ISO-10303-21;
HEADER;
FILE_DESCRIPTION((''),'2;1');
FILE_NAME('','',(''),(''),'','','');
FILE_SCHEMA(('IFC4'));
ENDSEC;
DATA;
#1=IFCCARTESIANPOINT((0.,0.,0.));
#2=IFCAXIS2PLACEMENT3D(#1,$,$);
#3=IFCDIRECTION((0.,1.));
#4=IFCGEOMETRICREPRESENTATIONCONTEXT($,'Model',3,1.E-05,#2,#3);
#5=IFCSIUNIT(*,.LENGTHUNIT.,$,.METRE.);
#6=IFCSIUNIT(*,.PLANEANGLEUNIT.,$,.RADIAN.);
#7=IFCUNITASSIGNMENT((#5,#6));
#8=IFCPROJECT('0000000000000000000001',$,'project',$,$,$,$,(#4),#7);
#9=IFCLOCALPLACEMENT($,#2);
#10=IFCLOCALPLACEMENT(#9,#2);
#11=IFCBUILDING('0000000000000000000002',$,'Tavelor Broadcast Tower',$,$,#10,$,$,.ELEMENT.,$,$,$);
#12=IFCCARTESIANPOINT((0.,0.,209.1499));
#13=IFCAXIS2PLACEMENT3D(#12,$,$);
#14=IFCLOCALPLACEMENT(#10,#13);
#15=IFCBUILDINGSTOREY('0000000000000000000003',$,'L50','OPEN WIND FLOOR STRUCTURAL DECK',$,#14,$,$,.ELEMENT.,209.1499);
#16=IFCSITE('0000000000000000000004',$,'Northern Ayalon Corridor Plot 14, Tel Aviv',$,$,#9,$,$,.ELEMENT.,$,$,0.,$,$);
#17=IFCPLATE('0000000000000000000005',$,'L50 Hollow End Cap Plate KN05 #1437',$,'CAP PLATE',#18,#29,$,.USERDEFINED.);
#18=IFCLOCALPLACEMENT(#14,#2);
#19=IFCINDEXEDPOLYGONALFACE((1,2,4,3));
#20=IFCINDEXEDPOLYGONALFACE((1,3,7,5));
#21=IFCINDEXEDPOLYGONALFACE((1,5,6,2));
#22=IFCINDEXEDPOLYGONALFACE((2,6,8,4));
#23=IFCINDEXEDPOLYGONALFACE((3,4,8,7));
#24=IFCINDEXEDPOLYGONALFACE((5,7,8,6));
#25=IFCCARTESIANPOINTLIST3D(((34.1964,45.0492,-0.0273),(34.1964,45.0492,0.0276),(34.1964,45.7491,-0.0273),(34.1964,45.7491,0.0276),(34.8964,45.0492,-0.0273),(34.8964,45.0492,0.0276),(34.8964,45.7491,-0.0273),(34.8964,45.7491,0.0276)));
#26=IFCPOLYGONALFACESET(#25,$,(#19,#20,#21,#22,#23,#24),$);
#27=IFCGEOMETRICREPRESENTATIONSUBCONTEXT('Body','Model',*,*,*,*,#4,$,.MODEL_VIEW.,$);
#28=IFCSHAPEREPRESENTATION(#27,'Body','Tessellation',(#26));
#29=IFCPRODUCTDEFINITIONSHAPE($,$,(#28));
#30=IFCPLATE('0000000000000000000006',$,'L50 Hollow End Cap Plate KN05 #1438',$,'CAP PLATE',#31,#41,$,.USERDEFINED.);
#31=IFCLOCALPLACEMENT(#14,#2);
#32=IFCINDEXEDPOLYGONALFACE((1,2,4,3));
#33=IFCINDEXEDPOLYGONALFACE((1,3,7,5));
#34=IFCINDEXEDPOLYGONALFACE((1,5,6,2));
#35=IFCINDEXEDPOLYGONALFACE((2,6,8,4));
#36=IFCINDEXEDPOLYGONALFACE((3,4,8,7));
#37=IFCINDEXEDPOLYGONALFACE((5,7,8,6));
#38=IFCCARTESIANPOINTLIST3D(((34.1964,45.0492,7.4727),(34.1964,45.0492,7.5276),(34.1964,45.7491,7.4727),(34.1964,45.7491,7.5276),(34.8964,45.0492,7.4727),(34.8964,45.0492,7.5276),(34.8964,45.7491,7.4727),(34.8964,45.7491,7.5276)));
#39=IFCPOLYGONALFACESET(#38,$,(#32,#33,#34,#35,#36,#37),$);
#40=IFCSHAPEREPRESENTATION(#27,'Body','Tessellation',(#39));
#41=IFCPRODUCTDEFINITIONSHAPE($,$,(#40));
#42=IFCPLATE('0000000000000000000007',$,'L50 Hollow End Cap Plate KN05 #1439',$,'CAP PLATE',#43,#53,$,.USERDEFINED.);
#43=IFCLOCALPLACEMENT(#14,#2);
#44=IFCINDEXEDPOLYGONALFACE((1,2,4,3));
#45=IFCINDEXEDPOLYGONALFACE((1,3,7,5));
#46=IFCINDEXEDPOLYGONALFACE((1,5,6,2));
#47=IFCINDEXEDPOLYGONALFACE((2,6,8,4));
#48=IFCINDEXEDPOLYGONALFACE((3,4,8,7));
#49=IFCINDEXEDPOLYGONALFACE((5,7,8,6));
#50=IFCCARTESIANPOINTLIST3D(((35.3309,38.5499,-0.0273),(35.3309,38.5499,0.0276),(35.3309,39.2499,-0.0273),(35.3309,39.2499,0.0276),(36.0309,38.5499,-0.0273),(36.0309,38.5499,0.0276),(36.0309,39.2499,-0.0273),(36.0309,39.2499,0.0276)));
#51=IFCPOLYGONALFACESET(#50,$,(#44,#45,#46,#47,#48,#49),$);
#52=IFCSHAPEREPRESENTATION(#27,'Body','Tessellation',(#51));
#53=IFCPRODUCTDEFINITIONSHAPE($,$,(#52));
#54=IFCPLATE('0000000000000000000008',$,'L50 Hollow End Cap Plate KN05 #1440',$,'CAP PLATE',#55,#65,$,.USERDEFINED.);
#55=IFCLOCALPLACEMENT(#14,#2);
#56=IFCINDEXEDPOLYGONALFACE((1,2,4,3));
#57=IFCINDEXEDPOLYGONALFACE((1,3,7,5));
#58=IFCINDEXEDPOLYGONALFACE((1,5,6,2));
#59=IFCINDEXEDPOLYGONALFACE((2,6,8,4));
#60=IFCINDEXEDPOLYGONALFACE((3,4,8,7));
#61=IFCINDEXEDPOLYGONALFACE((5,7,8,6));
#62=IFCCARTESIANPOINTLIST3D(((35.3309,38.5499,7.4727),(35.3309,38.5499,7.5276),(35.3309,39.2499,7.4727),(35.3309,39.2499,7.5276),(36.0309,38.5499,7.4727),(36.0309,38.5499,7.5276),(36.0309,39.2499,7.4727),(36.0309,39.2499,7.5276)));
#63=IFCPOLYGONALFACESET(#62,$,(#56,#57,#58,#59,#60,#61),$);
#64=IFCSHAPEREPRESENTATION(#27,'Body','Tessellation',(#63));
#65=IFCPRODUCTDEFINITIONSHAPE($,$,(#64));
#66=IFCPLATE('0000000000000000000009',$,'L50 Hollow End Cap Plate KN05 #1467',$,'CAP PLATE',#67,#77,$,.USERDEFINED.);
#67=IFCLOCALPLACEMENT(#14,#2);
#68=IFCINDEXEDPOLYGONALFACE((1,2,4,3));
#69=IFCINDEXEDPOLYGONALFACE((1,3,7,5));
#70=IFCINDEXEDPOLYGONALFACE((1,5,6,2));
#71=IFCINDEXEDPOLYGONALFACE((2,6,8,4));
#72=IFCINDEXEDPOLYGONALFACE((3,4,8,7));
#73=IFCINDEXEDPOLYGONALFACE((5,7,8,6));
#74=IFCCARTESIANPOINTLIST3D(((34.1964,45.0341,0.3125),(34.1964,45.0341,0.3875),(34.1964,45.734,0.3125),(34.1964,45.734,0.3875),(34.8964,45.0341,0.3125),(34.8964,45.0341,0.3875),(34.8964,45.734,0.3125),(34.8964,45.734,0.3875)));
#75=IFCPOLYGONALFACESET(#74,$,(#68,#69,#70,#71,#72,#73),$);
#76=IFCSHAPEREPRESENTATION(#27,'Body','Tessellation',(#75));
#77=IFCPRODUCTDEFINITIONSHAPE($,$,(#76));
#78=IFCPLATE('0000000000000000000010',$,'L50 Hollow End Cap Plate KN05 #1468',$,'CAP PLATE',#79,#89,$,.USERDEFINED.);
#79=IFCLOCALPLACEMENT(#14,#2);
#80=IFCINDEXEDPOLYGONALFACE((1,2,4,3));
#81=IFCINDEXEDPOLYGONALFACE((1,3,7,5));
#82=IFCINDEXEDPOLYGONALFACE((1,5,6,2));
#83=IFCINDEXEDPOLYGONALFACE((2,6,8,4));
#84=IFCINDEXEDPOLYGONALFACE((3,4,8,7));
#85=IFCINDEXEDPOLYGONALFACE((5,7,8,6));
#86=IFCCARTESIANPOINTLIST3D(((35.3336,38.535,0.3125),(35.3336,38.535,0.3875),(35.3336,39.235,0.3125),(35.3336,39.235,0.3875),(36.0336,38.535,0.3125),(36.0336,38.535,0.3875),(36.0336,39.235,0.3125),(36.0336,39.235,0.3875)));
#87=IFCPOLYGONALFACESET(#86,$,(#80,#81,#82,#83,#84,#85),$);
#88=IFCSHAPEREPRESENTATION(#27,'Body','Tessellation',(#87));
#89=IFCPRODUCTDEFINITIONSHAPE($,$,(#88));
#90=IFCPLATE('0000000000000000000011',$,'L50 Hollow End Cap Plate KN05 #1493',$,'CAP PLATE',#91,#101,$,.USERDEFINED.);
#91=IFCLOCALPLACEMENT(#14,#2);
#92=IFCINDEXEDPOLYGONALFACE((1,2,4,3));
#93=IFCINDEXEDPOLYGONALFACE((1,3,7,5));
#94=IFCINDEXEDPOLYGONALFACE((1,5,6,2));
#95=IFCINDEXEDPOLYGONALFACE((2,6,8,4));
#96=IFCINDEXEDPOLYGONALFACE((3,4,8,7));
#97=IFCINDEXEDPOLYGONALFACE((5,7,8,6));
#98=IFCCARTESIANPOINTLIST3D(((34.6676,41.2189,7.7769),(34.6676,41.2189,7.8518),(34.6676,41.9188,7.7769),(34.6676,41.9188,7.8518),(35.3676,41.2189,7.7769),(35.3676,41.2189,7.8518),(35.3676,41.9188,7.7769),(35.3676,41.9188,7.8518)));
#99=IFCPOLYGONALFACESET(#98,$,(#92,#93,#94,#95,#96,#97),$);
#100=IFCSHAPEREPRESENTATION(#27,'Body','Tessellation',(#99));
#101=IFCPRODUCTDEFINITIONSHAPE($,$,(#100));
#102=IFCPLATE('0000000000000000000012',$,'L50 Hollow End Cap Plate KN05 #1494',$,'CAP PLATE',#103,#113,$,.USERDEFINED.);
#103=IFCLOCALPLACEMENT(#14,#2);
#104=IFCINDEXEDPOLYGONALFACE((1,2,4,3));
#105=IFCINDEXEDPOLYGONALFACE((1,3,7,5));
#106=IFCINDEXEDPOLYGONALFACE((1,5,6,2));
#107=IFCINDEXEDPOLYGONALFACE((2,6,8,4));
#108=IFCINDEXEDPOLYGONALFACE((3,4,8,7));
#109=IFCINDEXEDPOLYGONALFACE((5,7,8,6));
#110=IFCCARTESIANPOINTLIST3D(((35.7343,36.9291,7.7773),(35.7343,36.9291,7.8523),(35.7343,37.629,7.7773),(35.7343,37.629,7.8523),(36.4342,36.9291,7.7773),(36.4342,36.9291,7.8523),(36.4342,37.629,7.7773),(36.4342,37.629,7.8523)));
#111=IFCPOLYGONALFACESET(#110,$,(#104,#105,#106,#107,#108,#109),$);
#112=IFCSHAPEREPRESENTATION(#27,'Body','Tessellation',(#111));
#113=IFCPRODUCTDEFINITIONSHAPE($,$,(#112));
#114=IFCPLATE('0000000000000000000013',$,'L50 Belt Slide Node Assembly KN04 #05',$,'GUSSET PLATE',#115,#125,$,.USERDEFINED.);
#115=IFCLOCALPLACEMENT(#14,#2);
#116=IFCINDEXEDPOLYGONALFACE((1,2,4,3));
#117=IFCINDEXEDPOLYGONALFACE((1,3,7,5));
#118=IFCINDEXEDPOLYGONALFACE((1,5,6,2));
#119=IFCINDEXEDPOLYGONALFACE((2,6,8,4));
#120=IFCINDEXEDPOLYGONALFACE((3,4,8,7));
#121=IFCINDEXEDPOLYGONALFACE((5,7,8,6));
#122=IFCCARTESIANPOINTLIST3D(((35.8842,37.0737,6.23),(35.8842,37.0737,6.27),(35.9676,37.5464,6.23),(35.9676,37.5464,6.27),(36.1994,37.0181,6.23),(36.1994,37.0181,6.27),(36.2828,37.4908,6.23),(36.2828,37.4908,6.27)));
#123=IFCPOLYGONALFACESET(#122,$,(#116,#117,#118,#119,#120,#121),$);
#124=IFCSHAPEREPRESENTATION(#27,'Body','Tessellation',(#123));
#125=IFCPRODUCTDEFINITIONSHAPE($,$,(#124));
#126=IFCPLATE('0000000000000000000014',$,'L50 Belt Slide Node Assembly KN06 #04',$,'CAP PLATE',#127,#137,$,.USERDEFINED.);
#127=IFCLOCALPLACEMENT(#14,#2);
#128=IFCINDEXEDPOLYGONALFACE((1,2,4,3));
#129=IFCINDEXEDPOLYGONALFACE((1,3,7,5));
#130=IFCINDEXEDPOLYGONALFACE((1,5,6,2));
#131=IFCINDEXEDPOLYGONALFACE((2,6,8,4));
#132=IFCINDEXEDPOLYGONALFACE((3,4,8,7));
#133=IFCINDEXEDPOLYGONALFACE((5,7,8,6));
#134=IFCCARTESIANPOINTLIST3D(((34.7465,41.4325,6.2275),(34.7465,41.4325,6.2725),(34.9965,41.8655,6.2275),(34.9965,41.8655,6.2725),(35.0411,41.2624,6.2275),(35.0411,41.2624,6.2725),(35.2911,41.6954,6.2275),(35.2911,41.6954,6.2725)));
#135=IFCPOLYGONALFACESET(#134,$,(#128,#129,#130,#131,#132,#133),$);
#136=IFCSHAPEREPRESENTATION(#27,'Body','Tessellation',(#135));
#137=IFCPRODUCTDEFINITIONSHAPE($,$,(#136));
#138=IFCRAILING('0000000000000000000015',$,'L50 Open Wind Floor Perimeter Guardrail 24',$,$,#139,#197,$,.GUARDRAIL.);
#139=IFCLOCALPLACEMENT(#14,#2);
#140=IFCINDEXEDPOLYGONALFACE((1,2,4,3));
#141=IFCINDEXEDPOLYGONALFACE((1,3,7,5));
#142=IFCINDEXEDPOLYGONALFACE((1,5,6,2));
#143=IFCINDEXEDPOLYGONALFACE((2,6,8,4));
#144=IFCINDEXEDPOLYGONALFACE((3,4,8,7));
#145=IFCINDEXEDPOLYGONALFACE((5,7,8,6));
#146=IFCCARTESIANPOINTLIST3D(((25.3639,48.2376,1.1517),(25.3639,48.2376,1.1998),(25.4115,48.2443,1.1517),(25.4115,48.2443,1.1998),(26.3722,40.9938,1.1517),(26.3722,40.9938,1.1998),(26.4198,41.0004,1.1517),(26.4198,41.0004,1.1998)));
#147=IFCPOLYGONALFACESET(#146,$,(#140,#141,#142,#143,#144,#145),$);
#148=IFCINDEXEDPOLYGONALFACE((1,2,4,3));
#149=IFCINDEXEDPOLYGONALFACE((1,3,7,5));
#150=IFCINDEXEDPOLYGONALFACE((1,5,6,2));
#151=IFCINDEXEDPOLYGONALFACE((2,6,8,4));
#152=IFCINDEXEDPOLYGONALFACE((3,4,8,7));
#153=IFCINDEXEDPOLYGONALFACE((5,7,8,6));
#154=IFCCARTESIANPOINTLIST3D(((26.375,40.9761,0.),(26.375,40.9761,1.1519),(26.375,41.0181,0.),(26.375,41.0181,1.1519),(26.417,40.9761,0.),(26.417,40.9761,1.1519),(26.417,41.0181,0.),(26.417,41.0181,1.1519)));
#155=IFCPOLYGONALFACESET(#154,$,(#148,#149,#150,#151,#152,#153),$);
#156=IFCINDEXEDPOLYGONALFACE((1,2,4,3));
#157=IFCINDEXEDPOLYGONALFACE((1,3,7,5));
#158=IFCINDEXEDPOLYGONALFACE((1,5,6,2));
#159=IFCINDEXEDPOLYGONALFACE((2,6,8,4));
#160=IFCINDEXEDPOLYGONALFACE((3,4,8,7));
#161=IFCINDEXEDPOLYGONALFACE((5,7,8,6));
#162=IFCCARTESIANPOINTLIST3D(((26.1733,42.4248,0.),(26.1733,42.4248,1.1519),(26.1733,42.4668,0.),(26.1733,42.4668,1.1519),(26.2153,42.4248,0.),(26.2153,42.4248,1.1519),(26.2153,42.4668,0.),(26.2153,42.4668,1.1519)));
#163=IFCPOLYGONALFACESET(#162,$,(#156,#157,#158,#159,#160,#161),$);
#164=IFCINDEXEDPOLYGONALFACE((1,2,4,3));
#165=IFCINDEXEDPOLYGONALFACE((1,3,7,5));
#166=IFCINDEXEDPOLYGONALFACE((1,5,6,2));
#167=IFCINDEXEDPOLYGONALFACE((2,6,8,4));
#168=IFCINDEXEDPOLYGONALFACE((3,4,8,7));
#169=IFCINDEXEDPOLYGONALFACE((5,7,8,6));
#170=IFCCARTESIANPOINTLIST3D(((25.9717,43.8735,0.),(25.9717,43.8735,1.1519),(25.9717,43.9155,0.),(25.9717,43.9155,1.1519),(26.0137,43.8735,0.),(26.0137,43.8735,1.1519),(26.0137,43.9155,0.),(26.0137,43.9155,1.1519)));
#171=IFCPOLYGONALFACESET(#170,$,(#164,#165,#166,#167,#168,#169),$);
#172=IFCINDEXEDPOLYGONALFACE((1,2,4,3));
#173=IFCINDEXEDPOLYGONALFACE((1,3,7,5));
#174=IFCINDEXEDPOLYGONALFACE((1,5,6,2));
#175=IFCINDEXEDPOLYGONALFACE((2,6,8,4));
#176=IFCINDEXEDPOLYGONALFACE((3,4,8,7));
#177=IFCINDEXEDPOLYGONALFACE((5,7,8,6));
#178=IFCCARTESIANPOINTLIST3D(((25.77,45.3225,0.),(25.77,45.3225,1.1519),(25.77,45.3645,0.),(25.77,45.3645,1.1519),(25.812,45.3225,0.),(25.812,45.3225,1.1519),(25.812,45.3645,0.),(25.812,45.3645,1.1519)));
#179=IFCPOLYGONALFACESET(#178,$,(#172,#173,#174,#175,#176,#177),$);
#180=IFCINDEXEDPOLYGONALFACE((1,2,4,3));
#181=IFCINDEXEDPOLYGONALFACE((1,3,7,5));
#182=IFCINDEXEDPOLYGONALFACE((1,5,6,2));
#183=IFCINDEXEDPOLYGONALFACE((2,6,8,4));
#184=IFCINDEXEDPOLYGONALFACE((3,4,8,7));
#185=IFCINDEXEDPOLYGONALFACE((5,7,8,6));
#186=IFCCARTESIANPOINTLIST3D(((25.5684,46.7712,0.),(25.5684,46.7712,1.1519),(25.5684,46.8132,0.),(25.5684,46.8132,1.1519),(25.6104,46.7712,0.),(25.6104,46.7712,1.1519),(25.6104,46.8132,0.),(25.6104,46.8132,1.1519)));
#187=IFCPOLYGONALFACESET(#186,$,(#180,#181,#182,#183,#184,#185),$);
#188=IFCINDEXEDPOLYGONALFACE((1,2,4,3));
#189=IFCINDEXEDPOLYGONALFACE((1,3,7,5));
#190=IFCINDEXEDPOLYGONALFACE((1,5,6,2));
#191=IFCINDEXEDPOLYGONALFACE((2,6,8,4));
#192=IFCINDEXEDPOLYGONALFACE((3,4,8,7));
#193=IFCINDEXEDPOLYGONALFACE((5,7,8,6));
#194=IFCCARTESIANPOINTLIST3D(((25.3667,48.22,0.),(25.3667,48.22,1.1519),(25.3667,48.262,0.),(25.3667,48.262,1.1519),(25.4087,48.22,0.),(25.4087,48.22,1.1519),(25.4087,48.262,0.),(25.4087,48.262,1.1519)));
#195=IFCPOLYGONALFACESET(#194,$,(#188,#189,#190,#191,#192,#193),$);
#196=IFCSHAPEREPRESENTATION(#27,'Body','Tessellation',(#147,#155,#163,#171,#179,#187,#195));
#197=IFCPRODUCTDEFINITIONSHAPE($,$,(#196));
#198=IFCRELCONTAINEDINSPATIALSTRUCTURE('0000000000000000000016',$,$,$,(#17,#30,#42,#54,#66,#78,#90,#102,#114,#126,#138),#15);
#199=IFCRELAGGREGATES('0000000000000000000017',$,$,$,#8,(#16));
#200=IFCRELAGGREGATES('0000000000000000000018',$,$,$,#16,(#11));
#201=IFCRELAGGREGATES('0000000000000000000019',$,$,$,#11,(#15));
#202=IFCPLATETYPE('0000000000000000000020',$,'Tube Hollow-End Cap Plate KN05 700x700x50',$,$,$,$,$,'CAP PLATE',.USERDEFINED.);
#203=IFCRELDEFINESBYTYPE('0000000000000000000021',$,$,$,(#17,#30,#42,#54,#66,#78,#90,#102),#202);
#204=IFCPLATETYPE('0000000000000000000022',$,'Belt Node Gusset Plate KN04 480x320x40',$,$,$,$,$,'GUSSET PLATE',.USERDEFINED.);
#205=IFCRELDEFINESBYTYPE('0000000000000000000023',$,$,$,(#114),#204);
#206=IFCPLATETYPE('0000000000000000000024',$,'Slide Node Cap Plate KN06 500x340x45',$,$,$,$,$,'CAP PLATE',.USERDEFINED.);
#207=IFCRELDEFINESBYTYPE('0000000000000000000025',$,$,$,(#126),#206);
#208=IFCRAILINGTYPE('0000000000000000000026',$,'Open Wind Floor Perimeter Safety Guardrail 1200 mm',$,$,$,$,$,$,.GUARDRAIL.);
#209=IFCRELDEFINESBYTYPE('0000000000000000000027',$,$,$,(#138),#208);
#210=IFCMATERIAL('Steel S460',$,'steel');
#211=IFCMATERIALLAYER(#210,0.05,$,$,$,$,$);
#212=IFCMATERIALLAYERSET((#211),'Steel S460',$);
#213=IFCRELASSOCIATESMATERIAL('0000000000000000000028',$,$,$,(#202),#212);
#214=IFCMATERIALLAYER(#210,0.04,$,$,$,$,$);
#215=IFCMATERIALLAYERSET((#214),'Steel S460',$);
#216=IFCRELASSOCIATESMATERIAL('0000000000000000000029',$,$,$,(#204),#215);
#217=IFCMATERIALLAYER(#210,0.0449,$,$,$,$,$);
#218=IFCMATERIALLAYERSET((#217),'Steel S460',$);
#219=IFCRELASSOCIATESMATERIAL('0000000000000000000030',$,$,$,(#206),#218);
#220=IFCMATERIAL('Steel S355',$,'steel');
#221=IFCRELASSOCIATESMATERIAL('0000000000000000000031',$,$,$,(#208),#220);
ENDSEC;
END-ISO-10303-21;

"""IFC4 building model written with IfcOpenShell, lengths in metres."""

from ifc_helpers import new_model, si_unit, direction, frame, origin, origin_2d, place, context, subcontext, project, spatial, rectangle, extrude, source, transform, mapped, material, layer, layer_set, type_object, type_shapes, element, save


model = new_model("IFC4")

# Units and contexts
model_context = context("Model", 3, precision=1e-05, world=origin(), true_north=direction((0.0, 1.0)))
body_context = subcontext(model_context, "Body", "Model", "MODEL_VIEW")
ifc_project = project(units=[si_unit("LENGTHUNIT", "METRE"), si_unit("PLANEANGLEUNIT", "RADIAN")], contexts=[model_context])

# Site, building, storey
site_placement = place(None, origin())
site = spatial("IfcSite", under=ifc_project, at=site_placement, Name="Northern Ayalon Corridor Plot 14, Tel Aviv", CompositionType="ELEMENT", RefElevation=0.0)
building_placement = place(site_placement, origin())
building = spatial("IfcBuilding", under=site, at=building_placement, Name="Tavelor Broadcast Tower", CompositionType="ELEMENT")
storey_placement = place(building_placement, frame((0.0, 0.0, 209.1499)))
storey = spatial("IfcBuildingStorey", under=building, at=storey_placement, Name="L50", Description="OPEN WIND FLOOR STRUCTURAL DECK", CompositionType="ELEMENT", Elevation=209.1499)

# Shared definitions
ifc_material_1 = material(Name="Steel S460", Category="steel")

# Plates
ifc_layer_1 = layer(ifc_material_1, 0.05)
ifc_layer_set_1 = layer_set([ifc_layer_1], Name="Steel S460")
plate_type_1 = type_object("IfcPlateType", Name="Tube Hollow-End Cap Plate KN05 700x700x50", ElementType="CAP PLATE", PredefinedType="USERDEFINED", material=ifc_layer_set_1)
shared_shape_1 = source(origin(), body_context, "Body", "SweptSolid", [
    extrude(rectangle(XDim=0.7, YDim=0.7, at=origin_2d()), origin(), (0.0, 0.0, 1.0), 0.0549),
])
for number, where, z_axis, x_axis, name in (
    (1, (34.5464, 45.3992, -0.0273), (0.0, 0.0, 1.0), (1.0, 0.0, 0.0), "L50 Hollow End Cap Plate KN05 #1437"),
    (2, (34.5464, 45.3992, 7.4727), (0.0, 0.0, 1.0), (1.0, 0.0, 0.0), "L50 Hollow End Cap Plate KN05 #1438"),
    (3, (35.6809, 38.8999, -0.0273), (0.0, 0.0, 1.0), (1.0, 0.0, 0.0), "L50 Hollow End Cap Plate KN05 #1439"),
    (4, (35.6809, 38.8999, 7.4727), (0.0, 0.0, 1.0), (1.0, 0.0, 0.0), "L50 Hollow End Cap Plate KN05 #1440"),
):
    element("IfcPlate", number, at=place(storey_placement, frame(where, z_axis=z_axis, x_axis=x_axis)), inside=storey, type_object=plate_type_1, Name=name, ObjectType="CAP PLATE", PredefinedType="USERDEFINED", context=body_context, shape_type="MappedRepresentation", body=[
        mapped(shared_shape_1, transform((0.0, 0.0, 0.0), scale=1.0)),
    ])
shared_shape_2 = source(origin(), body_context, "Body", "SweptSolid", [
    extrude(rectangle(XDim=0.7, YDim=0.7, at=origin_2d()), origin(), (0.0, 0.0, 1.0), 0.075),
])
type_shapes(plate_type_1, [shared_shape_1, shared_shape_2])
for number, where, z_axis, x_axis, name in (
    (5, (34.5464, 45.384, 0.3125), (0.0, 0.0, 1.0), (1.0, 0.0, 0.0), "L50 Hollow End Cap Plate KN05 #1467"),
    (6, (35.6836, 38.885, 0.3125), (0.0, 0.0, 1.0), (1.0, 0.0, 0.0), "L50 Hollow End Cap Plate KN05 #1468"),
    (7, (35.0176, 41.5688, 7.7769), (0.0, 0.0, 1.0), (1.0, 0.0, 0.0), "L50 Hollow End Cap Plate KN05 #1493"),
    (8, (36.0842, 37.2791, 7.7773), (0.0, 0.0, 1.0), (1.0, 0.0, 0.0), "L50 Hollow End Cap Plate KN05 #1494"),
):
    element("IfcPlate", number, at=place(storey_placement, frame(where, z_axis=z_axis, x_axis=x_axis)), inside=storey, type_object=plate_type_1, Name=name, ObjectType="CAP PLATE", PredefinedType="USERDEFINED", context=body_context, shape_type="MappedRepresentation", body=[
        mapped(shared_shape_2, transform((0.0, 0.0, 0.0), scale=1.0)),
    ])
ifc_layer_2 = layer(ifc_material_1, 0.04)
ifc_layer_set_2 = layer_set([ifc_layer_2], Name="Steel S460")
plate_type_2 = type_object("IfcPlateType", Name="Belt Node Gusset Plate KN04 480x320x40", ElementType="GUSSET PLATE", PredefinedType="USERDEFINED", material=ifc_layer_set_2)
shared_shape_3 = source(origin(), body_context, "Body", "SweptSolid", [
    extrude(rectangle(XDim=0.48, YDim=0.3201, at=origin_2d()), origin(), (0.0, 0.0, 1.0), 0.04),
])
type_shapes(plate_type_2, [shared_shape_3])
plate_1_placement = place(storey_placement, frame((36.0835, 37.2822, 6.23), z_axis=(0.0, 0.0, 1.0), x_axis=(0.173648, 0.984808, 0.0)))
element("IfcPlate", 9, at=plate_1_placement, inside=storey, type_object=plate_type_2, Name="L50 Belt Slide Node Assembly KN04 #05", ObjectType="GUSSET PLATE", PredefinedType="USERDEFINED", context=body_context, shape_type="MappedRepresentation", body=[
    mapped(shared_shape_3, transform((0.0, 0.0, 0.0), scale=1.0)),
])
ifc_layer_3 = layer(ifc_material_1, 0.0449)
ifc_layer_set_3 = layer_set([ifc_layer_3], Name="Steel S460")
plate_type_3 = type_object("IfcPlateType", Name="Slide Node Cap Plate KN06 500x340x45", ElementType="CAP PLATE", PredefinedType="USERDEFINED", material=ifc_layer_set_3)
shared_shape_4 = source(origin(), body_context, "Body", "SweptSolid", [
    extrude(rectangle(XDim=0.5, YDim=0.3401, at=origin_2d()), origin(), (0.0, 0.0, 1.0), 0.0449),
])
type_shapes(plate_type_3, [shared_shape_4])
plate_2_placement = place(storey_placement, frame((35.0188, 41.564, 6.2275), z_axis=(0.0, 0.0, 1.0), x_axis=(0.5, 0.866025, 0.0)))
element("IfcPlate", 10, at=plate_2_placement, inside=storey, type_object=plate_type_3, Name="L50 Belt Slide Node Assembly KN06 #04", ObjectType="CAP PLATE", PredefinedType="USERDEFINED", context=body_context, shape_type="MappedRepresentation", body=[
    mapped(shared_shape_4, transform((0.0, 0.0, 0.0), scale=1.0)),
])

# Railing
ifc_material_2 = material(Name="Steel S355", Category="steel")
railing_type = type_object("IfcRailingType", Name="Open Wind Floor Perimeter Safety Guardrail 1200 mm", PredefinedType="GUARDRAIL", material=ifc_material_2)
railing_placement = place(storey_placement, frame((26.396, 40.9971, 0.0)))
element("IfcRailing", 11, at=railing_placement, inside=storey, type_object=railing_type, Name="L50 Open Wind Floor Perimeter Guardrail 24", PredefinedType="GUARDRAIL", context=body_context, shape_type="SweptSolid", body=[
    extrude(rectangle(XDim=0.0481, YDim=0.0481, at=origin_2d()), frame((0.0, 0.0, 1.1758), z_axis=(-0.137864, 0.990451, 0.0), x_axis=(-0.990451, -0.137864, 0.0)), (0.0, 0.0, 1.0), 7.3137),
    extrude(rectangle(XDim=0.042, YDim=0.042, at=origin_2d()), origin(), (0.0, 0.0, 1.0), 1.1519),
    extrude(rectangle(XDim=0.042, YDim=0.042, at=origin_2d()), frame((-0.2017, 1.4487, 0.0)), (0.0, 0.0, 1.0), 1.1519),
    extrude(rectangle(XDim=0.042, YDim=0.042, at=origin_2d()), frame((-0.4033, 2.8975, 0.0)), (0.0, 0.0, 1.0), 1.1519),
    extrude(rectangle(XDim=0.042, YDim=0.042, at=origin_2d()), frame((-0.605, 4.3464, 0.0)), (0.0, 0.0, 1.0), 1.1519),
    extrude(rectangle(XDim=0.042, YDim=0.042, at=origin_2d()), frame((-0.8066, 5.7952, 0.0)), (0.0, 0.0, 1.0), 1.1519),
    extrude(rectangle(XDim=0.042, YDim=0.042, at=origin_2d()), frame((-1.0083, 7.2439, 0.0)), (0.0, 0.0, 1.0), 1.1519),
])

save(model, "model.ifc")
